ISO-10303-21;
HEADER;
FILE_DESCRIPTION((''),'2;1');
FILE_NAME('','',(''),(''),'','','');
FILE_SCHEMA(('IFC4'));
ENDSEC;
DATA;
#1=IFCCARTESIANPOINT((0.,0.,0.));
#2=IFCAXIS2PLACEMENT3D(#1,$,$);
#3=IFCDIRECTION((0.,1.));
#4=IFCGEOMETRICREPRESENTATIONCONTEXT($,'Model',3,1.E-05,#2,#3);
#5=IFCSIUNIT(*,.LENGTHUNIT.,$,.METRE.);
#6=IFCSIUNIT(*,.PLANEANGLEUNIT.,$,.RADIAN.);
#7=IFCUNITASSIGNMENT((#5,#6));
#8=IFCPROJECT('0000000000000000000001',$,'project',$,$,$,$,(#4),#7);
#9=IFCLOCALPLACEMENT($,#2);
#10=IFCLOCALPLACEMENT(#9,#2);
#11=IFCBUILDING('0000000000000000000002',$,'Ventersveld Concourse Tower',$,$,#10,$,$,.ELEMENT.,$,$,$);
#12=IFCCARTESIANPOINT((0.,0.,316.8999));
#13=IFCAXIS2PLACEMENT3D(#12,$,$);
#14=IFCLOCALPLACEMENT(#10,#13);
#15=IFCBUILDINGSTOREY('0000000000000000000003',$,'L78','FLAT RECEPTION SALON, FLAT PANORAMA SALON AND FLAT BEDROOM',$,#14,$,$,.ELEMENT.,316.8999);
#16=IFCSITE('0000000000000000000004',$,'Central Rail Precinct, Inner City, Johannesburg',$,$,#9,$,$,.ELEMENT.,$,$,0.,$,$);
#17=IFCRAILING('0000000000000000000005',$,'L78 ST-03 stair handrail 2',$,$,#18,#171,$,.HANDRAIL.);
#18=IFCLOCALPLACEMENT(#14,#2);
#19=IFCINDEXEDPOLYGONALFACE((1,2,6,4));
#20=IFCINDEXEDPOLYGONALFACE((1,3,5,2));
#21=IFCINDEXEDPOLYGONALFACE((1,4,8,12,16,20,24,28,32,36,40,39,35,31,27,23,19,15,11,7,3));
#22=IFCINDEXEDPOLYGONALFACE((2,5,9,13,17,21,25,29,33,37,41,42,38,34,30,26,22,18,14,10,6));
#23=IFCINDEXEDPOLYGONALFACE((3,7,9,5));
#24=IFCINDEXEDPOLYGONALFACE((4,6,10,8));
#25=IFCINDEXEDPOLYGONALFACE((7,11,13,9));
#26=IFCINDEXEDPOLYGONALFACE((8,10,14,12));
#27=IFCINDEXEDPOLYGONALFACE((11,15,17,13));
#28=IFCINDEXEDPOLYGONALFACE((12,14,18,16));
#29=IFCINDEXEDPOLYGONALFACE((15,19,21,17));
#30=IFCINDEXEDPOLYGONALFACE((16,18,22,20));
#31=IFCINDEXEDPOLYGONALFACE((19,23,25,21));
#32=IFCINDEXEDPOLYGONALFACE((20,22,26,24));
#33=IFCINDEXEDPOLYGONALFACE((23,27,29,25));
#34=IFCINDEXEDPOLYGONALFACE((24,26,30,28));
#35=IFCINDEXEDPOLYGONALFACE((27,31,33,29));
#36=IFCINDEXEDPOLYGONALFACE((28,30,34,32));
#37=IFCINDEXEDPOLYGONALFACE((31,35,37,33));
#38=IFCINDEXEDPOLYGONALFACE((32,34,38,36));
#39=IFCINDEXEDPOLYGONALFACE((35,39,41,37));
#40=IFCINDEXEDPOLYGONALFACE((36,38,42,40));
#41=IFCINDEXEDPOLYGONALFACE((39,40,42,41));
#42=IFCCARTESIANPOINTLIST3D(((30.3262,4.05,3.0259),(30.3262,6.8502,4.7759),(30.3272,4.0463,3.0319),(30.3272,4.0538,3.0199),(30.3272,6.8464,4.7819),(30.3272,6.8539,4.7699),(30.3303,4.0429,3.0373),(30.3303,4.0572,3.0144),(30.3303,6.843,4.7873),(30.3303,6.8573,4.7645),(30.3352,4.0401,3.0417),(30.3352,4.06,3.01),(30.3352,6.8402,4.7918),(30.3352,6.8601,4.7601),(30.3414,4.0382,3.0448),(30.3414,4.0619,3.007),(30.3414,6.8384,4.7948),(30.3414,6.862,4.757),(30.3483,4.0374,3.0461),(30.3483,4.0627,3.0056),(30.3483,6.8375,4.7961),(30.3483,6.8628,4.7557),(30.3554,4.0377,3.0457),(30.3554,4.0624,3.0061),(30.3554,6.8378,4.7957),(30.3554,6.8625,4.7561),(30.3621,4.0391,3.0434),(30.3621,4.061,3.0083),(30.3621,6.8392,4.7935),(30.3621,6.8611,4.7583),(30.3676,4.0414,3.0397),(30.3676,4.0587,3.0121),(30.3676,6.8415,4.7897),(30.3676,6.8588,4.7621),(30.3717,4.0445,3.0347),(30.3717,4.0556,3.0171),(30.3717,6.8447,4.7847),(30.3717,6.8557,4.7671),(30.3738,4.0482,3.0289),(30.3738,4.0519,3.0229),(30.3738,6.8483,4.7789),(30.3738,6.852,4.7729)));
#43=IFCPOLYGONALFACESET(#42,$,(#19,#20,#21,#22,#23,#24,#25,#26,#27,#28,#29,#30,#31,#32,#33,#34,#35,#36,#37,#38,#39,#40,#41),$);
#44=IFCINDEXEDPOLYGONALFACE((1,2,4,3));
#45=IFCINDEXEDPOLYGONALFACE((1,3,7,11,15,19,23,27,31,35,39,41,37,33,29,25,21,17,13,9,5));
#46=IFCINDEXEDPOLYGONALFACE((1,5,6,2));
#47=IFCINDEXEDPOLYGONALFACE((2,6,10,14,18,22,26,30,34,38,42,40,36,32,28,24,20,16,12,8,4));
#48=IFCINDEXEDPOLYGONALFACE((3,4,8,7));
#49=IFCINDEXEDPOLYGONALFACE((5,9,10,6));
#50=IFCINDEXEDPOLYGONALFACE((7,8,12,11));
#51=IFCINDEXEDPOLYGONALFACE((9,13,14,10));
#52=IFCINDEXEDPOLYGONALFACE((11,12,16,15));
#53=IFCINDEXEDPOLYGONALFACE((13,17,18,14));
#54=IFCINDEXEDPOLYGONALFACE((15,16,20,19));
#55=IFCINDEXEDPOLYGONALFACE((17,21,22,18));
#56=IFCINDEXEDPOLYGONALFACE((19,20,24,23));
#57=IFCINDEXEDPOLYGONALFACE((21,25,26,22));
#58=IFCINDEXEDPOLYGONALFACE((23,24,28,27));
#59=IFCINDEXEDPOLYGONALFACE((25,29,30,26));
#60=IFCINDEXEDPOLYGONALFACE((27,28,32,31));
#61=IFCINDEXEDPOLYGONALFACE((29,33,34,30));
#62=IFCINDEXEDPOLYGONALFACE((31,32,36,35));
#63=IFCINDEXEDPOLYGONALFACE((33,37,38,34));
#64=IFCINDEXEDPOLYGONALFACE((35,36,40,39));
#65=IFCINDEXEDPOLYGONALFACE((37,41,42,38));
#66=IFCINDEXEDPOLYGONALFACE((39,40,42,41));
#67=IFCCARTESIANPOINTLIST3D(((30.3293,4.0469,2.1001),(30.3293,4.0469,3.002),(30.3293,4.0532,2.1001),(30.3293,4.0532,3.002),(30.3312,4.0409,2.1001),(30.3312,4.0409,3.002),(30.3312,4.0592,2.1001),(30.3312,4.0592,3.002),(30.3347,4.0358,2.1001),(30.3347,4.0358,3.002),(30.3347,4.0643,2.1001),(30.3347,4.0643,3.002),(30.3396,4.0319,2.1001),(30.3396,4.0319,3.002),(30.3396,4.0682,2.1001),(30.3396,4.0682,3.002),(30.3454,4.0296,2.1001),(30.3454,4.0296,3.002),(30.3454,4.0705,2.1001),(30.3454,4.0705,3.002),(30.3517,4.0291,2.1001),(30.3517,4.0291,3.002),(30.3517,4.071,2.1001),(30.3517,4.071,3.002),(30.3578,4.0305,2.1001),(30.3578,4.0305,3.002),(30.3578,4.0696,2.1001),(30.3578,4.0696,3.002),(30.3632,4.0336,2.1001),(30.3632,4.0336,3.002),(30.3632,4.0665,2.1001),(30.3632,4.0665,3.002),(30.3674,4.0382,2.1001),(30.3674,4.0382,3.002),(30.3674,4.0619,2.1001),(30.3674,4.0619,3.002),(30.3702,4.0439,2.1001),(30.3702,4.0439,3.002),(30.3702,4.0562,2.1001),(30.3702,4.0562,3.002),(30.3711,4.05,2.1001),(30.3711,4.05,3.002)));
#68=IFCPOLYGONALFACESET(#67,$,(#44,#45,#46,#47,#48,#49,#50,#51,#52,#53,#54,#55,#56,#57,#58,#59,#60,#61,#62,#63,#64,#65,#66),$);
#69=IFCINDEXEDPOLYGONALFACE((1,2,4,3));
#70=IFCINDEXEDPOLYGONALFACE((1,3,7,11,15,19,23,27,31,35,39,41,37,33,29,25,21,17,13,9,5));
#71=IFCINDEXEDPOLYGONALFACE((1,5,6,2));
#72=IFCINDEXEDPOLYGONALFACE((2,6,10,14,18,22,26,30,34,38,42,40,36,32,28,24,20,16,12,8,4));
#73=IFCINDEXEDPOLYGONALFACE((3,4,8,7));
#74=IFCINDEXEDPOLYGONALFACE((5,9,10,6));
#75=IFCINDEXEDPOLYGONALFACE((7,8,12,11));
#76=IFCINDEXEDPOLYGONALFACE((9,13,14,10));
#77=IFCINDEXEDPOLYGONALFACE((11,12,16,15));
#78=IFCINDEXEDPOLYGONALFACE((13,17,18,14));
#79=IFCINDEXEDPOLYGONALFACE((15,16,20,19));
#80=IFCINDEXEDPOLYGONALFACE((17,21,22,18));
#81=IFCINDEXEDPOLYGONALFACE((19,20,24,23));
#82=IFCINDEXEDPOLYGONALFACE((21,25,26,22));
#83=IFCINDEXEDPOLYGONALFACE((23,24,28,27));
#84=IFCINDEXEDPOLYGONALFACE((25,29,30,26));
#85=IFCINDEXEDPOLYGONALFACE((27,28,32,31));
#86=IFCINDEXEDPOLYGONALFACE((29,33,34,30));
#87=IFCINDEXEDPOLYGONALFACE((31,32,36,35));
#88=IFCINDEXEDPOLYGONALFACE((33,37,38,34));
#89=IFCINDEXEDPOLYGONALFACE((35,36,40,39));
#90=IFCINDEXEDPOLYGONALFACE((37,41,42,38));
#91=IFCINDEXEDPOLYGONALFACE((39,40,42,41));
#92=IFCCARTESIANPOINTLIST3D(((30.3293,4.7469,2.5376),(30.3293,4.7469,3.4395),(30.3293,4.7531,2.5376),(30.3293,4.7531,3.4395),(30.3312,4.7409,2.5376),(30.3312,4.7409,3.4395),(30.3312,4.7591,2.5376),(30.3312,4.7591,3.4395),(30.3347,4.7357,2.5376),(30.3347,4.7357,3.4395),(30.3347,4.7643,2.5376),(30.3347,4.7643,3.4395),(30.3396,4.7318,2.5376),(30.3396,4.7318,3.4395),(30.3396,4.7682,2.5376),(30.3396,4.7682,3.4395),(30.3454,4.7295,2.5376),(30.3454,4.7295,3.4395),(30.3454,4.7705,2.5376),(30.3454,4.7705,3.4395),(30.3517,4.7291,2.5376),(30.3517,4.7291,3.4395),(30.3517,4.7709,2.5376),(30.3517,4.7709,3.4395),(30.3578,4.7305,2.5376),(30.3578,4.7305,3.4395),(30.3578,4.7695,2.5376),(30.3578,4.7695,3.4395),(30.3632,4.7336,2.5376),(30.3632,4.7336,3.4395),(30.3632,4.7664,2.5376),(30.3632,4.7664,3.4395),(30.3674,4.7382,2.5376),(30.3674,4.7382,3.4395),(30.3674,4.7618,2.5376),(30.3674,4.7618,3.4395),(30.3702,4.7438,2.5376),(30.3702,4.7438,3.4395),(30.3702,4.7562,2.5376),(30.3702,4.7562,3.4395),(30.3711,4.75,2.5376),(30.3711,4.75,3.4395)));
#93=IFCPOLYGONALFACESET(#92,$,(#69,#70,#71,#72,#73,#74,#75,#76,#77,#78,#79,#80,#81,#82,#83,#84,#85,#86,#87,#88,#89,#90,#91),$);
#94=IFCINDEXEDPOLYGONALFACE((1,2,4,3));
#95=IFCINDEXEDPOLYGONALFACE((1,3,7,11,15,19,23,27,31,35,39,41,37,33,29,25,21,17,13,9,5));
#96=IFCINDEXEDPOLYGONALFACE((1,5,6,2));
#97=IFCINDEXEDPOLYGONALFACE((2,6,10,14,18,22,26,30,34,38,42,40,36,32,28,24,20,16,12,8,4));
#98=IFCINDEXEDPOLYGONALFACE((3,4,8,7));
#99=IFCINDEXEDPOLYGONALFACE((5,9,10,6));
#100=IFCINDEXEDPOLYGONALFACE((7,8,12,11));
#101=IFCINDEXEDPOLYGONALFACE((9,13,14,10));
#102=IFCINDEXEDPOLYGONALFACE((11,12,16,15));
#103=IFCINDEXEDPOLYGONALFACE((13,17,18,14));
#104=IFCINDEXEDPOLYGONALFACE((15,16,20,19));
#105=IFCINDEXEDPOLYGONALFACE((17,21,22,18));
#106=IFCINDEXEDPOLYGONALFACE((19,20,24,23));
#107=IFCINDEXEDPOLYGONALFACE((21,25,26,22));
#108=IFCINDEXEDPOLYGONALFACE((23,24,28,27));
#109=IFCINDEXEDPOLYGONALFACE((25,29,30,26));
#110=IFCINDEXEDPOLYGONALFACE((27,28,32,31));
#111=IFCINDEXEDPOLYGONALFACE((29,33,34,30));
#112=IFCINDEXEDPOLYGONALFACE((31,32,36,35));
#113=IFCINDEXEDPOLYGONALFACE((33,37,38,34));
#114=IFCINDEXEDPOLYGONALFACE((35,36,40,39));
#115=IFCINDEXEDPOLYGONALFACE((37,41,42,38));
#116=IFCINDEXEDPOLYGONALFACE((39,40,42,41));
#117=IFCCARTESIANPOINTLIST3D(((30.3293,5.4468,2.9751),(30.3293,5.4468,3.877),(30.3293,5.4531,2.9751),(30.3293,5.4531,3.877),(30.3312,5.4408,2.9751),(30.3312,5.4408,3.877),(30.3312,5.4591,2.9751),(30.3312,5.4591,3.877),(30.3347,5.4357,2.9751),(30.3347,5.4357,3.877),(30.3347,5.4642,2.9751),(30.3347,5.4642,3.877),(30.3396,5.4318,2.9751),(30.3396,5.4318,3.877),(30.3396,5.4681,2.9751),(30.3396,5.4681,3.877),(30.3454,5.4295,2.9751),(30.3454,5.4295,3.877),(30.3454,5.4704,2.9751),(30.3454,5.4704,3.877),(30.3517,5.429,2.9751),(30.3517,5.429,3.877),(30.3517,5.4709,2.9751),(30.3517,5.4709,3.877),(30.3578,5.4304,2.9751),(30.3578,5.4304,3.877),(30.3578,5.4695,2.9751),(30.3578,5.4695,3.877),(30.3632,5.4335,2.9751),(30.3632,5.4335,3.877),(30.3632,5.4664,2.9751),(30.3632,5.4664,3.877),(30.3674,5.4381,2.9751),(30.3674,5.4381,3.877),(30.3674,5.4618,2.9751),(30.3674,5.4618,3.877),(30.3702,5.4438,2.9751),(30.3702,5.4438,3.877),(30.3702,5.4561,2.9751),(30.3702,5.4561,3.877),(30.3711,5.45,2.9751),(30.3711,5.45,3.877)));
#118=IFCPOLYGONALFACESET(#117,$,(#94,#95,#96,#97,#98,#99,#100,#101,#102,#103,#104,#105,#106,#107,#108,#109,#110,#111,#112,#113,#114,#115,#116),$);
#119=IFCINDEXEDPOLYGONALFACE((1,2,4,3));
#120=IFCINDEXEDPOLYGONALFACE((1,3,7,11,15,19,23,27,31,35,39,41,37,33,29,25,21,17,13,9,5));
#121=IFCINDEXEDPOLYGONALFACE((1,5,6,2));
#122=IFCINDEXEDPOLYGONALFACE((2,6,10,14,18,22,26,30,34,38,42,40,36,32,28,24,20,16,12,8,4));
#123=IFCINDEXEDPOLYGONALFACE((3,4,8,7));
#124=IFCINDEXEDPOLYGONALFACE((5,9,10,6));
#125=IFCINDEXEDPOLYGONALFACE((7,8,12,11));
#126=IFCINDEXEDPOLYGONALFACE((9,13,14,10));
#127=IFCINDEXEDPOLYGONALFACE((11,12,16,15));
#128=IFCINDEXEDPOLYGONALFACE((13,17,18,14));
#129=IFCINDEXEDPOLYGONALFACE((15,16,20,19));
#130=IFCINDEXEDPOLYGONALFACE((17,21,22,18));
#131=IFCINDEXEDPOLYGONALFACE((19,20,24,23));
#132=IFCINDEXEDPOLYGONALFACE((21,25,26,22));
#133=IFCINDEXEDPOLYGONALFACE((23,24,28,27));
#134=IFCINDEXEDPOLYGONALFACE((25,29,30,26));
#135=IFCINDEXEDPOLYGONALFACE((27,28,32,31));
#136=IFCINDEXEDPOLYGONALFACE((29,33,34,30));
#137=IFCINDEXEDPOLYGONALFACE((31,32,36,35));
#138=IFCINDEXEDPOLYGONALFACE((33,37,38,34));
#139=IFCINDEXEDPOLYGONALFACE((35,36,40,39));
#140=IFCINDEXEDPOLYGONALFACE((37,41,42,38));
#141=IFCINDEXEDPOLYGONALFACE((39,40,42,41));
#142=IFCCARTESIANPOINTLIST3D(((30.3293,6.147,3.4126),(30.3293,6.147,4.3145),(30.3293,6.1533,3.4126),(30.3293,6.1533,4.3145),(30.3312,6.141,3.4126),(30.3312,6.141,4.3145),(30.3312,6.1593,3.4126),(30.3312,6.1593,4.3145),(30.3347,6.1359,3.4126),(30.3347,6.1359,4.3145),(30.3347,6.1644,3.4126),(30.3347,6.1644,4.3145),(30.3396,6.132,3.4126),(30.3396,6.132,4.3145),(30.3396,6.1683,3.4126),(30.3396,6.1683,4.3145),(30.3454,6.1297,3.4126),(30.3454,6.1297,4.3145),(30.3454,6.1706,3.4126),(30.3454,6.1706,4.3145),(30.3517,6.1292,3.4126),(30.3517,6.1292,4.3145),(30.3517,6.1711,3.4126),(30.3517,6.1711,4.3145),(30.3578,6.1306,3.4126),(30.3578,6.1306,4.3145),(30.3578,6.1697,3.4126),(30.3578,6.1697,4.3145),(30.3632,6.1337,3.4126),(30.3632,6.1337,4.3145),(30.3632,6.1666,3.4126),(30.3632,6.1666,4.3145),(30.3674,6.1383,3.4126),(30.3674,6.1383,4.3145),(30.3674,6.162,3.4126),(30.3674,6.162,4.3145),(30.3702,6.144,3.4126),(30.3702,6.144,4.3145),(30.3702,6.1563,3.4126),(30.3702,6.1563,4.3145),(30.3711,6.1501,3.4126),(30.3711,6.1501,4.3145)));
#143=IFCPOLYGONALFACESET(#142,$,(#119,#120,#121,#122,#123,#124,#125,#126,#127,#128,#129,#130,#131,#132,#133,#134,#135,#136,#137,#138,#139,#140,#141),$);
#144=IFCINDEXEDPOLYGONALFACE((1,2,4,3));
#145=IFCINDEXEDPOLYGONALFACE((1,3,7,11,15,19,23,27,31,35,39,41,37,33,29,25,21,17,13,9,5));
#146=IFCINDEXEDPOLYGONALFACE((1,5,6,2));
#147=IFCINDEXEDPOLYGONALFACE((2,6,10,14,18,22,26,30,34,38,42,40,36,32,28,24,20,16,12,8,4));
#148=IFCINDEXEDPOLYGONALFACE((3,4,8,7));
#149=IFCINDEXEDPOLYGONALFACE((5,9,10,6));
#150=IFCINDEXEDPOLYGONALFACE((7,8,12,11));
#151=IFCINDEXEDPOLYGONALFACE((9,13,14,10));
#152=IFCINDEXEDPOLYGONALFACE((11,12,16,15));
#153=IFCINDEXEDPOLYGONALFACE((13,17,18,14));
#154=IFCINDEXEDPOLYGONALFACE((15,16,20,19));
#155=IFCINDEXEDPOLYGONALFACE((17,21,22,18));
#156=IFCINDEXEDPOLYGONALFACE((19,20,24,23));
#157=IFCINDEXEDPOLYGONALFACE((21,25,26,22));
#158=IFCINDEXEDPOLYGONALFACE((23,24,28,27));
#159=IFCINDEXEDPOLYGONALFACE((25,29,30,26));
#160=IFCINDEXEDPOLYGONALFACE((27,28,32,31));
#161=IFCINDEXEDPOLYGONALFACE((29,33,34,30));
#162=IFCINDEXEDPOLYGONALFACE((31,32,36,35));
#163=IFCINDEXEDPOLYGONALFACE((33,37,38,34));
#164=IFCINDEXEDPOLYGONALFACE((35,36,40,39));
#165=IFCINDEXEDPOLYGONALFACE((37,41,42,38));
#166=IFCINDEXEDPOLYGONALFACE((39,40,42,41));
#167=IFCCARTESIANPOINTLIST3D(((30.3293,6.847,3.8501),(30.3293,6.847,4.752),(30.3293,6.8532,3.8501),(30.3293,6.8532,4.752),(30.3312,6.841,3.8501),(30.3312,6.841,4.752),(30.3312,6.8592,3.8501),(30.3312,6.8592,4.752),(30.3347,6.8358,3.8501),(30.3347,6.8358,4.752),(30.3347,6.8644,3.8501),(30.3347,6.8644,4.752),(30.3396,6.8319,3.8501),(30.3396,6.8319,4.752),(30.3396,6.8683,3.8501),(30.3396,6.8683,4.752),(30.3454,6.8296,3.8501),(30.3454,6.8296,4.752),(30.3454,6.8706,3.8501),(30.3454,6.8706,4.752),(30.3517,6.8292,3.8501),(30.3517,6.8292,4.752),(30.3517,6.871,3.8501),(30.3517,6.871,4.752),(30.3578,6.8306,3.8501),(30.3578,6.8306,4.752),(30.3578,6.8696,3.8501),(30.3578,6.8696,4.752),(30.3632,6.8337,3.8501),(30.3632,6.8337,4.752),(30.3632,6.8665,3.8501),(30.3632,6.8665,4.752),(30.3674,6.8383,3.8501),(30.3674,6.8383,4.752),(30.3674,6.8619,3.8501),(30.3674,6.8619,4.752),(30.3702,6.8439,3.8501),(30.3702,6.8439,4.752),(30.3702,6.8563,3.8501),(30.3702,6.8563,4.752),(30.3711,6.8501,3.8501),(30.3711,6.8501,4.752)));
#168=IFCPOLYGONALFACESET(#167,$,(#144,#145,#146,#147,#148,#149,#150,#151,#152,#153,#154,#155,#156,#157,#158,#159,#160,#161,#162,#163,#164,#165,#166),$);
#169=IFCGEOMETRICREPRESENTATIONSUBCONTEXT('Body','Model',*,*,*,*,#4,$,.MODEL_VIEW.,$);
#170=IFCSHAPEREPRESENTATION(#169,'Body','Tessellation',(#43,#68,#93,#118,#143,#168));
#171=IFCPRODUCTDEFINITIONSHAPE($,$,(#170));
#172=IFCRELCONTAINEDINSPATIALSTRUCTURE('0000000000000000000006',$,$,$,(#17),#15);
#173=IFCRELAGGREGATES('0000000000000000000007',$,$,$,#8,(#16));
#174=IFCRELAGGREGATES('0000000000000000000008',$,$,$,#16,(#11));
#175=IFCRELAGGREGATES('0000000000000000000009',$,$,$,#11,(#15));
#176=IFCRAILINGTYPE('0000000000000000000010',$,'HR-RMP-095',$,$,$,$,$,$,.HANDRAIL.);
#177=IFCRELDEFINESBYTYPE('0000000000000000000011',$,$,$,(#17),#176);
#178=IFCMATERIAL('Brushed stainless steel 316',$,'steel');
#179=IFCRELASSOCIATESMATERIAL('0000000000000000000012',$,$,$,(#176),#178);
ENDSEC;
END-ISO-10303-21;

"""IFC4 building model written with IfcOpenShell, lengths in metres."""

from ifc_helpers import new_model, si_unit, direction, frame, origin, origin_2d, place, context, subcontext, project, spatial, circle, extrude, material, type_object, element, save


model = new_model("IFC4")

# Units and contexts
model_context = context("Model", 3, precision=1e-05, world=origin(), true_north=direction((0.0, 1.0)))
body_context = subcontext(model_context, "Body", "Model", "MODEL_VIEW")
ifc_project = project(units=[si_unit("LENGTHUNIT", "METRE"), si_unit("PLANEANGLEUNIT", "RADIAN")], contexts=[model_context])

# Site, building, storey
site_placement = place(None, origin())
site = spatial("IfcSite", under=ifc_project, at=site_placement, Name="Central Rail Precinct, Inner City, Johannesburg", CompositionType="ELEMENT", RefElevation=0.0)
building_placement = place(site_placement, origin())
building = spatial("IfcBuilding", under=site, at=building_placement, Name="Ventersveld Concourse Tower", CompositionType="ELEMENT")
storey_placement = place(building_placement, frame((0.0, 0.0, 316.8999)))
storey = spatial("IfcBuildingStorey", under=building, at=storey_placement, Name="L78", Description="FLAT RECEPTION SALON, FLAT PANORAMA SALON AND FLAT BEDROOM", CompositionType="ELEMENT", Elevation=316.8999)

# Shared definitions
ifc_material_1 = material(Name="Brushed stainless steel 316", Category="steel")

# Railing
railing_type_1 = type_object("IfcRailingType", Name="HR-RMP-095", PredefinedType="HANDRAIL", material=ifc_material_1)
railing_1_placement = place(storey_placement, frame((30.3501, 4.05, 2.1001)))
element("IfcRailing", 1, at=railing_1_placement, inside=storey, type_object=railing_type_1, Name="L78 ST-03 stair handrail 2", PredefinedType="HANDRAIL", context=body_context, shape_type="SweptSolid", body=[
    extrude(circle(Radius=0.0239, at=origin_2d()), frame((0.0, 0.0, 0.9258), z_axis=(0.0, 0.848002, 0.529992), x_axis=(-1.0, 0.0, 0.0)), (0.0, 0.0, 1.0), 3.302),
    extrude(circle(Radius=0.021, at=origin_2d()), origin(), (0.0, 0.0, 1.0), 0.9019),
    extrude(circle(Radius=0.021, at=origin_2d()), frame((0.0, 0.7, 0.4375)), (0.0, 0.0, 1.0), 0.9019),
    extrude(circle(Radius=0.021, at=origin_2d()), frame((0.0, 1.3999, 0.875)), (0.0, 0.0, 1.0), 0.9019),
    extrude(circle(Radius=0.021, at=origin_2d()), frame((0.0, 2.1001, 1.3125)), (0.0, 0.0, 1.0), 0.9019),
    extrude(circle(Radius=0.021, at=origin_2d()), frame((0.0, 2.8, 1.75)), (0.0, 0.0, 1.0), 0.9019),
])

save(model, "model.ifc")
